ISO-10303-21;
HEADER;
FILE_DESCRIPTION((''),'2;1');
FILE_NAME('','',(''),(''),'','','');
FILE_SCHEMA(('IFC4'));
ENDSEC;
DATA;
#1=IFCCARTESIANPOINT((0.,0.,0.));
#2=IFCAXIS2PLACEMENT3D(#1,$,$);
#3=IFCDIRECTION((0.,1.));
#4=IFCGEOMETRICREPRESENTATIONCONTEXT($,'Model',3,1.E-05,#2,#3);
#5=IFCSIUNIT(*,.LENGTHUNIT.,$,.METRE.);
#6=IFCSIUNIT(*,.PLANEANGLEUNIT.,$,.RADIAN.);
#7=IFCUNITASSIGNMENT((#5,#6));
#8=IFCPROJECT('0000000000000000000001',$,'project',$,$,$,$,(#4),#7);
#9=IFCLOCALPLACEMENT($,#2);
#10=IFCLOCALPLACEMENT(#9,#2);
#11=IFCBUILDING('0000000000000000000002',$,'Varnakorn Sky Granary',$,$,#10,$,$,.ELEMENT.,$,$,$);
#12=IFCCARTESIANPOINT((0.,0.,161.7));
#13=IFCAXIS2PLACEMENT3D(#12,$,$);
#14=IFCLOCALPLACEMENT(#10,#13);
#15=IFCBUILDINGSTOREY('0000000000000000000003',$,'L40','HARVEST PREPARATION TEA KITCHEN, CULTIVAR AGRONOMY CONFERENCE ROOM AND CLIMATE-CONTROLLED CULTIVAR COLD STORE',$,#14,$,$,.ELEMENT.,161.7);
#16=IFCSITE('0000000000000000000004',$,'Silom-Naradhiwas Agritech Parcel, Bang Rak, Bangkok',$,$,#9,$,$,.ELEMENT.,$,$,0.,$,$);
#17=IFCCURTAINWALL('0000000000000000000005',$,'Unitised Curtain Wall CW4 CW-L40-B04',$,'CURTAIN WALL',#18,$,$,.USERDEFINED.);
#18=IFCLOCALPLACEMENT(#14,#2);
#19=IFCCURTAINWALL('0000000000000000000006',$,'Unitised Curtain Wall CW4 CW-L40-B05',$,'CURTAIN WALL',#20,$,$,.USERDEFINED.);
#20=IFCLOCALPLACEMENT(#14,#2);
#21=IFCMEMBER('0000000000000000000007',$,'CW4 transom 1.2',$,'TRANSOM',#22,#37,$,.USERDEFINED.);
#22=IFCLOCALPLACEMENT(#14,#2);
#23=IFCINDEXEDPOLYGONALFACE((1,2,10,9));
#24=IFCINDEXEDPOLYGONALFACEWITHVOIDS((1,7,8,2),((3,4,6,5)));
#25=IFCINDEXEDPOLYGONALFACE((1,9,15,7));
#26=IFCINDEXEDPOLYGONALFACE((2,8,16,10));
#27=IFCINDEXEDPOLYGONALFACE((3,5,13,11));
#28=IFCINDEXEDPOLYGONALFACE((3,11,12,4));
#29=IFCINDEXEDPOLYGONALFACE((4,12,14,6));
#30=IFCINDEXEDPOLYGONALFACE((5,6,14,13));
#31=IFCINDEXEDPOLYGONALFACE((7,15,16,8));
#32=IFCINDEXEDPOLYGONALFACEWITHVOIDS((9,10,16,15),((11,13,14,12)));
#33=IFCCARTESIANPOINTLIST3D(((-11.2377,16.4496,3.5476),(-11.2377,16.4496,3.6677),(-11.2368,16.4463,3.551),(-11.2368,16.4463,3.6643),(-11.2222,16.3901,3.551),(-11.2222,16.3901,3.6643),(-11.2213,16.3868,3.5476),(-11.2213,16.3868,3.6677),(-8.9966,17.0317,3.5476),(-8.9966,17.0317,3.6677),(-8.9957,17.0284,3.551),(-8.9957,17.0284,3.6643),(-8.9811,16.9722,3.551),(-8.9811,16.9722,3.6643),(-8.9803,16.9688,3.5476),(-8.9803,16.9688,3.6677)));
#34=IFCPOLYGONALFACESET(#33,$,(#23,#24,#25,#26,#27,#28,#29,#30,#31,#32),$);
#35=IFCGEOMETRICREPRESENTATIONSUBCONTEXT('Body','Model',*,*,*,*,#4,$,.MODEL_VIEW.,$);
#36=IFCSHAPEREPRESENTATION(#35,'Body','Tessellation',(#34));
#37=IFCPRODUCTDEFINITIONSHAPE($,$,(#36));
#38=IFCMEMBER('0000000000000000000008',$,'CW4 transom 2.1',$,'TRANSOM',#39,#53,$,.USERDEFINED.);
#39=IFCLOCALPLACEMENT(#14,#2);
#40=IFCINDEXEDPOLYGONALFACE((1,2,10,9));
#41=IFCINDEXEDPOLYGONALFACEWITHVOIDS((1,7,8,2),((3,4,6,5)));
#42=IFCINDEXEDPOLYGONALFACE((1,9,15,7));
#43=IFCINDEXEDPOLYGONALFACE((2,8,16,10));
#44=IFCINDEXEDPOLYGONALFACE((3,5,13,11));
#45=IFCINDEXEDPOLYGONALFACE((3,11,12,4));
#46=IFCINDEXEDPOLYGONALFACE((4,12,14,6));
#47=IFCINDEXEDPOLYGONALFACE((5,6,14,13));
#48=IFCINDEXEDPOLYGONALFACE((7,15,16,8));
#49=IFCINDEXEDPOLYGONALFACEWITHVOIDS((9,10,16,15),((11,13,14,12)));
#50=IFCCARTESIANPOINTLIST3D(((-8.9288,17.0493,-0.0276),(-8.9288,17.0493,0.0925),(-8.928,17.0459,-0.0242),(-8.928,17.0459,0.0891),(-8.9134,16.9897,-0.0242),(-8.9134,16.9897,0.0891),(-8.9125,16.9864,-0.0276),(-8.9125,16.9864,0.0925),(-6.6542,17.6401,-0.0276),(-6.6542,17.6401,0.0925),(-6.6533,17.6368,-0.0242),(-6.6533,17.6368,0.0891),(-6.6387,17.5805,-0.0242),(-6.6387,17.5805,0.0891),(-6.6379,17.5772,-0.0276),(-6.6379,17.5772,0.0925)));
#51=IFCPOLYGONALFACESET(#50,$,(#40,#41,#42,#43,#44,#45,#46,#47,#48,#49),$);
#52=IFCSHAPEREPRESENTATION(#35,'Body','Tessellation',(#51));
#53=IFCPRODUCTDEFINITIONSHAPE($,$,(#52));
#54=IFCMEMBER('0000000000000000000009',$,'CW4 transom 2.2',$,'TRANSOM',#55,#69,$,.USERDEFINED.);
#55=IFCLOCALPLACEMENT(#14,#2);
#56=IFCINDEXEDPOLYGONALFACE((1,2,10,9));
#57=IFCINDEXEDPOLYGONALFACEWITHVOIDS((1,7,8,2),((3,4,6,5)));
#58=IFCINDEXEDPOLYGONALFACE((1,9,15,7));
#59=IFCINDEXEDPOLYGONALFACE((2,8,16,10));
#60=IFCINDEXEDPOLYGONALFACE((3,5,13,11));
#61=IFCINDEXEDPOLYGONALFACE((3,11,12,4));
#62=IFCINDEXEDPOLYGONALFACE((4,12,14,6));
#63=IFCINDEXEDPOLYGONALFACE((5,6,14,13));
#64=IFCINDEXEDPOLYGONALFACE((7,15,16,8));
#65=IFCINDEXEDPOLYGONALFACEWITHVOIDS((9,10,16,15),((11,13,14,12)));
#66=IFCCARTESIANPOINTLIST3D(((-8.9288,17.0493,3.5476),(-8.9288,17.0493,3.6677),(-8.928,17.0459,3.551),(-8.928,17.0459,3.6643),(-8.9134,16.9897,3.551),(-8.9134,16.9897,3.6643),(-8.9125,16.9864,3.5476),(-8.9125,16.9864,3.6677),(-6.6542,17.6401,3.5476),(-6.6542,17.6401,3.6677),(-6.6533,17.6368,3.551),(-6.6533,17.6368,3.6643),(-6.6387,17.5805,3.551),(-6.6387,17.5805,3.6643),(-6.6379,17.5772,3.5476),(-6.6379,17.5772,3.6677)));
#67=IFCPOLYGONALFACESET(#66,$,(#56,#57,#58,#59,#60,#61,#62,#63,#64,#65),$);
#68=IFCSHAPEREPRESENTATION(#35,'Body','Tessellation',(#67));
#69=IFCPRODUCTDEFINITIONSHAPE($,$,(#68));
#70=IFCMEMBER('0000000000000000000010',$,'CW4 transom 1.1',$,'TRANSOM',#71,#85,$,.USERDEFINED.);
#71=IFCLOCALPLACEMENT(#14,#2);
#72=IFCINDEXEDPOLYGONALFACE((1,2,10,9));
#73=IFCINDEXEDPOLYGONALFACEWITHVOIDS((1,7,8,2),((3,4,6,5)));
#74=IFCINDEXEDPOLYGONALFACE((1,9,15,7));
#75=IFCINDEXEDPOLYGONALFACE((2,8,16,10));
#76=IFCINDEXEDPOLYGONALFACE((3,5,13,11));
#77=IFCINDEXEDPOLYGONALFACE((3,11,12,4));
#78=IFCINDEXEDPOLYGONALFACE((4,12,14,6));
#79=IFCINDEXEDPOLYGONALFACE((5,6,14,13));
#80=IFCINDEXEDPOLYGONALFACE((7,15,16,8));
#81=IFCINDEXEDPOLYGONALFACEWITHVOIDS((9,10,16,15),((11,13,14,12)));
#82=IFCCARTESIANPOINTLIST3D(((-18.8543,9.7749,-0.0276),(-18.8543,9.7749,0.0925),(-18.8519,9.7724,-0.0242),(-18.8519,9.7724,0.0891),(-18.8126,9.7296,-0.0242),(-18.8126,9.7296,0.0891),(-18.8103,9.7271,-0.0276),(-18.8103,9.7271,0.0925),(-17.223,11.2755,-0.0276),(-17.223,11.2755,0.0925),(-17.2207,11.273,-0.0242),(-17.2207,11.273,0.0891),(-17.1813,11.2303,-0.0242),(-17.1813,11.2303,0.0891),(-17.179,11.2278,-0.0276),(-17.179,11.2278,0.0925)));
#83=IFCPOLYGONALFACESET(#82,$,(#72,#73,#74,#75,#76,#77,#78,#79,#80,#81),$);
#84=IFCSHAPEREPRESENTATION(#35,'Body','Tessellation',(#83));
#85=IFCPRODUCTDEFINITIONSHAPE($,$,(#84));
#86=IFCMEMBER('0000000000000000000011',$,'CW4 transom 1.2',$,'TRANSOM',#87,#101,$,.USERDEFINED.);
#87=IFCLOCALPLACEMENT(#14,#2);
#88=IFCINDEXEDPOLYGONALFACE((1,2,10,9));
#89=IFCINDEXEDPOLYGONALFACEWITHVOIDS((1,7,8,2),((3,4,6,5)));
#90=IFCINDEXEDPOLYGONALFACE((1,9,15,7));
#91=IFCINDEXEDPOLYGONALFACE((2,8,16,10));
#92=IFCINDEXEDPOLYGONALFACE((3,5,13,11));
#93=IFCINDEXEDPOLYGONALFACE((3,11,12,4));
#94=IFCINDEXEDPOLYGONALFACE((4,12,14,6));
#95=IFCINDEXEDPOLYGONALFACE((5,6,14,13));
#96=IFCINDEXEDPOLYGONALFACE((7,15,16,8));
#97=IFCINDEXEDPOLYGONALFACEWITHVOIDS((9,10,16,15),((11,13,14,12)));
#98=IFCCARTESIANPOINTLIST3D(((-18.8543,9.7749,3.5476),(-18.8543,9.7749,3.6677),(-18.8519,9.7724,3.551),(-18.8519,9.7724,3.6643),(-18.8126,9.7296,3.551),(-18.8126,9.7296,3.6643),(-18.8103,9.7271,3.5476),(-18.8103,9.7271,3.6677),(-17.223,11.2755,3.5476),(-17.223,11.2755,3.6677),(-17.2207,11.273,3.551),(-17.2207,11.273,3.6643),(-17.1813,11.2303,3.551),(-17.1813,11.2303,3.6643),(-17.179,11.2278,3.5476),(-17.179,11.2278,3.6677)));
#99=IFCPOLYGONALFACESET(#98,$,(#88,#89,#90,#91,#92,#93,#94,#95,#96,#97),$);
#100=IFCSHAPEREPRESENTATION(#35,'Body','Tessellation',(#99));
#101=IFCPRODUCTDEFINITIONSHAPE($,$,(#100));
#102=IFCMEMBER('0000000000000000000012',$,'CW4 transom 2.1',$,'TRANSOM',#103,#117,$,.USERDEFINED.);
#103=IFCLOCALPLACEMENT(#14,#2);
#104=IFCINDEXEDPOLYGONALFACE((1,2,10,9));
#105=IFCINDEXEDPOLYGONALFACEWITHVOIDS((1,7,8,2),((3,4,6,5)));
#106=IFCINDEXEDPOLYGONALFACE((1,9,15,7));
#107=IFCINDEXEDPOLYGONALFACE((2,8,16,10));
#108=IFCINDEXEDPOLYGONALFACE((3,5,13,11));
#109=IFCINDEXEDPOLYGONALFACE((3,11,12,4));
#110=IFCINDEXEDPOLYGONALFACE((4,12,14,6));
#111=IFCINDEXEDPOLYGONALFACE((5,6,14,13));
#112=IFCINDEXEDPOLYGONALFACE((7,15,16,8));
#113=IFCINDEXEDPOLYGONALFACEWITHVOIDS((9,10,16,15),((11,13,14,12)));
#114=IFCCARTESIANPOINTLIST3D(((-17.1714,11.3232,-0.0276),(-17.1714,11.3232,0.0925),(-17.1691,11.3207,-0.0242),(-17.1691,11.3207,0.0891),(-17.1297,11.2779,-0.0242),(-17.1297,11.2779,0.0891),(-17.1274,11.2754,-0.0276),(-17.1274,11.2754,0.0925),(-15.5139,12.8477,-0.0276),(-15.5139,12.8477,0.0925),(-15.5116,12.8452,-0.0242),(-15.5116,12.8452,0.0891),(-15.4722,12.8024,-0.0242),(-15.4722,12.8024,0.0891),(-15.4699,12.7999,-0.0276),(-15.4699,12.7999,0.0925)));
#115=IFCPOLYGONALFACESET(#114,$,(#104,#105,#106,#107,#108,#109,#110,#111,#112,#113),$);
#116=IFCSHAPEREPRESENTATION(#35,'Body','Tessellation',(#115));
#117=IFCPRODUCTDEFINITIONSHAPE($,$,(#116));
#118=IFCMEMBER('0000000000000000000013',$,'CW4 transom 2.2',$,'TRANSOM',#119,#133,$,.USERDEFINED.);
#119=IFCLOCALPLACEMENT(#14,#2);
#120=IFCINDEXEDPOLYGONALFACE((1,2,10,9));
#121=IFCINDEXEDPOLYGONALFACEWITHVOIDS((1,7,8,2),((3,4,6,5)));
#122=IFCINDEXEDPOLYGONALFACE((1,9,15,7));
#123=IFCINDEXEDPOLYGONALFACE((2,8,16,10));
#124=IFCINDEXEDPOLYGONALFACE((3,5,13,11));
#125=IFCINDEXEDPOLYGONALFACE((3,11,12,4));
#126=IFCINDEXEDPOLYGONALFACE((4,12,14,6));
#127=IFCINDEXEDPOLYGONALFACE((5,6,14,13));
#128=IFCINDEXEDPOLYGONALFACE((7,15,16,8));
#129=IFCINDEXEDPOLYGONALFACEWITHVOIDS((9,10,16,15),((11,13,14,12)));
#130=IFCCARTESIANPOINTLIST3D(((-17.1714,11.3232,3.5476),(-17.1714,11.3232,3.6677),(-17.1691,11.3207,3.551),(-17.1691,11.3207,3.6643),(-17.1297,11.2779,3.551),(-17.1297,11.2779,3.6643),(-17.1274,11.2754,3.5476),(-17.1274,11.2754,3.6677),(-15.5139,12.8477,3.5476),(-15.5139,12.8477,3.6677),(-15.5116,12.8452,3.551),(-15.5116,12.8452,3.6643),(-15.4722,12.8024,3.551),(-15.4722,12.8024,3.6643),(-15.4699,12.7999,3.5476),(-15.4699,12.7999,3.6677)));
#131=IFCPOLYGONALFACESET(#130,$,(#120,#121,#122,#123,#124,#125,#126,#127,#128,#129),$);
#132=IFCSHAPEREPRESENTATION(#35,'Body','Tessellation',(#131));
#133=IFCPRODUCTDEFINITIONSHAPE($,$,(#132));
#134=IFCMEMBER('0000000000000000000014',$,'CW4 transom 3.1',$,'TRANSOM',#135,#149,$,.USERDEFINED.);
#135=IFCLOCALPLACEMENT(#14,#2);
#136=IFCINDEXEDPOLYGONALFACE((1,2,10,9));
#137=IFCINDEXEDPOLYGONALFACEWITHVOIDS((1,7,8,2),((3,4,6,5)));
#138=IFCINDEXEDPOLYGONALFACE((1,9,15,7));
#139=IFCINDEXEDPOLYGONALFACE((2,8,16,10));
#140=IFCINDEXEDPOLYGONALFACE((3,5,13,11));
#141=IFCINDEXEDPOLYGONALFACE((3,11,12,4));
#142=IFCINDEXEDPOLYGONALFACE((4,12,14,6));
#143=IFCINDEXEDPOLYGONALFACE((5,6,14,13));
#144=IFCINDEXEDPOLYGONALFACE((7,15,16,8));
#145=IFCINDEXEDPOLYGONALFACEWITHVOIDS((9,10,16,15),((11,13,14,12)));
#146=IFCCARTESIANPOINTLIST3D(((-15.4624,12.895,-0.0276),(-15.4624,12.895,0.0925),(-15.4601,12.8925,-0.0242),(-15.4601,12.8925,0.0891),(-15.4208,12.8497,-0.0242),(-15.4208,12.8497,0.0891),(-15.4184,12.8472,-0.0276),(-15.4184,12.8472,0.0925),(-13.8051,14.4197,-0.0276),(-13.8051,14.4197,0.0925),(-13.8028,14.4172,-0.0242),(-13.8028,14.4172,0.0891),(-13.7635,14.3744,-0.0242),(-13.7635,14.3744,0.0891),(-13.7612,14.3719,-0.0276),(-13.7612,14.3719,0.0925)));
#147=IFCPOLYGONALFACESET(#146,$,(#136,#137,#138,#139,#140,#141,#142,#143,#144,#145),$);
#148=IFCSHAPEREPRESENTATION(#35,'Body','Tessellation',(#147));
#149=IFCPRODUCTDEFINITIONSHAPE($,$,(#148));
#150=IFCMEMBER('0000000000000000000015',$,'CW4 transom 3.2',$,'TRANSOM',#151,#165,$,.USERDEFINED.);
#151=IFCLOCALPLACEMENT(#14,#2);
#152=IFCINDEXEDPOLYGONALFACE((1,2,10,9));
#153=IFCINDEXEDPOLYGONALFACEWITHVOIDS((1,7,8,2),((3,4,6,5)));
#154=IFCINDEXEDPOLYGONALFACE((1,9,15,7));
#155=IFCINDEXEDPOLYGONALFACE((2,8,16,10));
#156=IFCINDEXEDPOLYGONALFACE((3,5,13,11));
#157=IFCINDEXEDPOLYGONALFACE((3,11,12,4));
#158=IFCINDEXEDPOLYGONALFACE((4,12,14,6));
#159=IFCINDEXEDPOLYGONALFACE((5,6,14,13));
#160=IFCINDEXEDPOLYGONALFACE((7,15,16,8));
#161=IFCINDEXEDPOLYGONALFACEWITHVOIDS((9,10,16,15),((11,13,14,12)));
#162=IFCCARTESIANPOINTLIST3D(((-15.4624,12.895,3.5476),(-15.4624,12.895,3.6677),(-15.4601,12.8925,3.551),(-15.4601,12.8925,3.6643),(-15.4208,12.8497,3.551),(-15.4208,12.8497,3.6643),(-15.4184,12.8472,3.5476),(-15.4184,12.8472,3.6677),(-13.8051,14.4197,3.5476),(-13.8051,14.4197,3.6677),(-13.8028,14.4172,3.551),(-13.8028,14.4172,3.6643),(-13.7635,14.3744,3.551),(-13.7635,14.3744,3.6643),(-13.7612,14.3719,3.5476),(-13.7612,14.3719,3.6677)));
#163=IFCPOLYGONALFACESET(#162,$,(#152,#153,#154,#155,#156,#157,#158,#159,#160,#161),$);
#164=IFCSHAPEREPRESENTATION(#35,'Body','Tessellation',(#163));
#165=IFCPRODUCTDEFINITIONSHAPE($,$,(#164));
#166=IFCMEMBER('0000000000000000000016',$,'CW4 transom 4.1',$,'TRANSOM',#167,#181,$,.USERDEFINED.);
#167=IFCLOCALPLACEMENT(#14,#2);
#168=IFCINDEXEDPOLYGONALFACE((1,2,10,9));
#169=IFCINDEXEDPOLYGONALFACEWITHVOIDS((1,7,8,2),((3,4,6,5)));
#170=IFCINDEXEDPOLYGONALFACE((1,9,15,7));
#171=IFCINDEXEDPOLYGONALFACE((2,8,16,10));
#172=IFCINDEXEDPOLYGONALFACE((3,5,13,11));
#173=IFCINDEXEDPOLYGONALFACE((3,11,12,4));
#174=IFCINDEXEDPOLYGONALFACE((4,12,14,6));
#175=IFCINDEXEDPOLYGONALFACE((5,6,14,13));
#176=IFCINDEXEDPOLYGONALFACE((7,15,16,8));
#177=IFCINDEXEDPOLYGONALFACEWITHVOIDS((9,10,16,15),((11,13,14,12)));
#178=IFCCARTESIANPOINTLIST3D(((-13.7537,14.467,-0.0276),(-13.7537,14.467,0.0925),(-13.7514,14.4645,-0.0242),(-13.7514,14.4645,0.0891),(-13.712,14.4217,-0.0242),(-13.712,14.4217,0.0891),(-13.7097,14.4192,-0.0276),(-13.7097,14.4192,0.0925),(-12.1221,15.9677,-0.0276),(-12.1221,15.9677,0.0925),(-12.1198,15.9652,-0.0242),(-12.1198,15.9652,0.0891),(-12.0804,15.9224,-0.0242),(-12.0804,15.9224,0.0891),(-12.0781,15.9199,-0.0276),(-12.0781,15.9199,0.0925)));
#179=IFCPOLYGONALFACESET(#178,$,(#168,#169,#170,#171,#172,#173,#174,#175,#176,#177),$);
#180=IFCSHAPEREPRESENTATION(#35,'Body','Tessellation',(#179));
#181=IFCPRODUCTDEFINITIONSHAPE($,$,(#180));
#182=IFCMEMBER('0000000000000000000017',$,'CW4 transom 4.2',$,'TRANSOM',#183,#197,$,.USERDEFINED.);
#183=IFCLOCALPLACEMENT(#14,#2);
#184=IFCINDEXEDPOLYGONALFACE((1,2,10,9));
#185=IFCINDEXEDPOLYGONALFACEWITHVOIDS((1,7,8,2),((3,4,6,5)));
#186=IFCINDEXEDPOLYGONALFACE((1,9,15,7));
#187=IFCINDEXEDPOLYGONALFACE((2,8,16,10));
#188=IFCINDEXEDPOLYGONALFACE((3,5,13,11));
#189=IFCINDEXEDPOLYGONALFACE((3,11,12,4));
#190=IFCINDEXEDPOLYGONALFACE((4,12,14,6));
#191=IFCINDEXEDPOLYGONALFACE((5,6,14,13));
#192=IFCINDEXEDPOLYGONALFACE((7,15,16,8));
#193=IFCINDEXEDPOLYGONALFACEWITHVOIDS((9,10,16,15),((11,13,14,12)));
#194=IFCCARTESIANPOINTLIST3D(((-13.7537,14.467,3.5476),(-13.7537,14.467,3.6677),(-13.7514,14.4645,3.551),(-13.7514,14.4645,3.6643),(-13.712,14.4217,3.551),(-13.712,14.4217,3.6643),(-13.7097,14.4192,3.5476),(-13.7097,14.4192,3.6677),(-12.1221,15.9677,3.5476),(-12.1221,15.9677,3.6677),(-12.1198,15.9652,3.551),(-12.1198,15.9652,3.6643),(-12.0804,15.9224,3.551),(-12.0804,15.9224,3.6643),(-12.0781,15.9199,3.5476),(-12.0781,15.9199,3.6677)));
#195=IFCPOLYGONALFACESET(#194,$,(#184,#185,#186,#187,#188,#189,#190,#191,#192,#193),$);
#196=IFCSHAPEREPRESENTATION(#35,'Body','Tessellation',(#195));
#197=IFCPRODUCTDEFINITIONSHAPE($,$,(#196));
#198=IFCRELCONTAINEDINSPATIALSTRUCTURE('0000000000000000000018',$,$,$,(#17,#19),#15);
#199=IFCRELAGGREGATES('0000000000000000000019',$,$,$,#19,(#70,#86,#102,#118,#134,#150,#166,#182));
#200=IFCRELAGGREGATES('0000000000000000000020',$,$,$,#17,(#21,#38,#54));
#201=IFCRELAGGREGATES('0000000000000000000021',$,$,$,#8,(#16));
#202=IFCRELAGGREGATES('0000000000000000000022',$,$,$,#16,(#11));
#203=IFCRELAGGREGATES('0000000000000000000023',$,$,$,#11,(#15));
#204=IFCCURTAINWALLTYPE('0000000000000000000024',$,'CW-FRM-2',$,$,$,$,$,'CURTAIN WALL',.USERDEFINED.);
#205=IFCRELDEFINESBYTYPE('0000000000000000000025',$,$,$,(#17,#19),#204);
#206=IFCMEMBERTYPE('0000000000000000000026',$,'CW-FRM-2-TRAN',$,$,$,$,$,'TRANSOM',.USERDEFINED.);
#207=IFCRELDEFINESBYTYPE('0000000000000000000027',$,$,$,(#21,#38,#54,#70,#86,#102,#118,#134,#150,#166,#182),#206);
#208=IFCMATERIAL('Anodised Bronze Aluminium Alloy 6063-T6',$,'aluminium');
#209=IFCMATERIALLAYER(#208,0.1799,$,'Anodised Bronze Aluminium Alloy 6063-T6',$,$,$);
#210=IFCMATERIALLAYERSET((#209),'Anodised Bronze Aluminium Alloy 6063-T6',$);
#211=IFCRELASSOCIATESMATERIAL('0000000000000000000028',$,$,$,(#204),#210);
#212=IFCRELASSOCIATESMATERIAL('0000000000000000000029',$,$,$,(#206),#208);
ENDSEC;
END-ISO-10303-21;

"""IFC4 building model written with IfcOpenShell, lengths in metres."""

from ifc_helpers import new_model, si_unit, direction, frame, origin, origin_2d, place, context, subcontext, project, spatial, hollow_rectangle, extrude, material, layer, layer_set, material_profile, profile_set, type_object, element, aggregate, save


model = new_model("IFC4")

# Units and contexts
model_context = context("Model", 3, precision=1e-05, world=origin(), true_north=direction((0.0, 1.0)))
body_context = subcontext(model_context, "Body", "Model", "MODEL_VIEW")
ifc_project = project(units=[si_unit("LENGTHUNIT", "METRE"), si_unit("PLANEANGLEUNIT", "RADIAN")], contexts=[model_context])

# Site, building, storey
site_placement = place(None, origin())
site = spatial("IfcSite", under=ifc_project, at=site_placement, Name="Silom-Naradhiwas Agritech Parcel, Bang Rak, Bangkok", CompositionType="ELEMENT", RefElevation=0.0)
building_placement = place(site_placement, origin())
building = spatial("IfcBuilding", under=site, at=building_placement, Name="Varnakorn Sky Granary", CompositionType="ELEMENT")
storey_placement = place(building_placement, frame((0.0, 0.0, 161.7)))
storey = spatial("IfcBuildingStorey", under=building, at=storey_placement, Name="L40", Description="HARVEST PREPARATION TEA KITCHEN, CULTIVAR AGRONOMY CONFERENCE ROOM AND CLIMATE-CONTROLLED CULTIVAR COLD STORE", CompositionType="ELEMENT", Elevation=161.7)

# Curtain walls
ifc_material_1 = material(Name="Anodised Bronze Aluminium Alloy 6063-T6", Category="aluminium")
ifc_layer_1 = layer(ifc_material_1, 0.1799, Name="Anodised Bronze Aluminium Alloy 6063-T6")
ifc_layer_set_1 = layer_set([ifc_layer_1], Name="Anodised Bronze Aluminium Alloy 6063-T6")
curtain_wall_type = type_object("IfcCurtainWallType", Name="CW-FRM-2", ElementType="CURTAIN WALL", PredefinedType="USERDEFINED", material=ifc_layer_set_1)
curtain_wall_1_placement = place(storey_placement, origin())
curtain_wall_1 = element("IfcCurtainWall", 1, at=curtain_wall_1_placement, inside=storey, type_object=curtain_wall_type, Name="Unitised Curtain Wall CW4 CW-L40-B04", ObjectType="CURTAIN WALL", PredefinedType="USERDEFINED")
curtain_wall_2_placement = place(storey_placement, origin())
curtain_wall_2 = element("IfcCurtainWall", 2, at=curtain_wall_2_placement, inside=storey, type_object=curtain_wall_type, Name="Unitised Curtain Wall CW4 CW-L40-B05", ObjectType="CURTAIN WALL", PredefinedType="USERDEFINED")

# Members
ifc_material_profile_1 = material_profile(ifc_material_1, hollow_rectangle(XDim=0.0649, YDim=0.1201, WallThickness=0.0034, at=origin_2d()), Name="ALU TRAN 65x120")
ifc_profile_set_1 = profile_set([ifc_material_profile_1], Name="Anodised Bronze Aluminium Alloy 6063-T6")
member_type_1 = type_object("IfcMemberType", Name="CW-FRM-2-TRAN", ElementType="TRANSOM", PredefinedType="USERDEFINED", material=ifc_profile_set_1)
member_1_placement = place(storey_placement, frame((-11.2295, 16.4182, 3.6077), z_axis=(0.967888, 0.251383, 0.0), x_axis=(-0.251383, 0.967888, 0.0)))
member_1 = element("IfcMember", 3, at=member_1_placement, type_object=member_type_1, Name="CW4 transom 1.2", ObjectType="TRANSOM", PredefinedType="USERDEFINED", context=body_context, shape_type="SweptSolid", body=[
    extrude(hollow_rectangle(XDim=0.0649, YDim=0.1201, WallThickness=0.0034, at=origin_2d()), origin(), (0.0, 0.0, 1.0), 2.3154),
])
member_2_placement = place(storey_placement, frame((-8.9207, 17.0178, 0.0325), z_axis=(0.967884, 0.251398, 0.0), x_axis=(-0.251398, 0.967884, 0.0)))
member_2 = element("IfcMember", 4, at=member_2_placement, type_object=member_type_1, Name="CW4 transom 2.1", ObjectType="TRANSOM", PredefinedType="USERDEFINED", context=body_context, shape_type="SweptSolid", body=[
    extrude(hollow_rectangle(XDim=0.0649, YDim=0.1201, WallThickness=0.0034, at=origin_2d()), origin(), (0.0, 0.0, 1.0), 2.3501),
])
member_3_placement = place(storey_placement, frame((-8.9207, 17.0178, 3.6077), z_axis=(0.967884, 0.251398, 0.0), x_axis=(-0.251398, 0.967884, 0.0)))
member_3 = element("IfcMember", 5, at=member_3_placement, type_object=member_type_1, Name="CW4 transom 2.2", ObjectType="TRANSOM", PredefinedType="USERDEFINED", context=body_context, shape_type="SweptSolid", body=[
    extrude(hollow_rectangle(XDim=0.0649, YDim=0.1201, WallThickness=0.0034, at=origin_2d()), origin(), (0.0, 0.0, 1.0), 2.3501),
])
member_4_placement = place(storey_placement, frame((-18.8323, 9.751, 0.0325), z_axis=(0.735955, 0.67703, 0.0), x_axis=(-0.67703, 0.735955, 0.0)))
member_4 = element("IfcMember", 6, at=member_4_placement, type_object=member_type_1, Name="CW4 transom 1.1", ObjectType="TRANSOM", PredefinedType="USERDEFINED", context=body_context, shape_type="SweptSolid", body=[
    extrude(hollow_rectangle(XDim=0.0649, YDim=0.1201, WallThickness=0.0034, at=origin_2d()), origin(), (0.0, 0.0, 1.0), 2.2166),
])
member_5_placement = place(storey_placement, frame((-18.8323, 9.751, 3.6077), z_axis=(0.735955, 0.67703, 0.0), x_axis=(-0.67703, 0.735955, 0.0)))
member_5 = element("IfcMember", 7, at=member_5_placement, type_object=member_type_1, Name="CW4 transom 1.2", ObjectType="TRANSOM", PredefinedType="USERDEFINED", context=body_context, shape_type="SweptSolid", body=[
    extrude(hollow_rectangle(XDim=0.0649, YDim=0.1201, WallThickness=0.0034, at=origin_2d()), origin(), (0.0, 0.0, 1.0), 2.2166),
])
member_6_placement = place(storey_placement, frame((-17.1494, 11.2993, 0.0325), z_axis=(0.736033, 0.676946, 0.0), x_axis=(-0.676946, 0.736033, 0.0)))
member_6 = element("IfcMember", 8, at=member_6_placement, type_object=member_type_1, Name="CW4 transom 2.1", ObjectType="TRANSOM", PredefinedType="USERDEFINED", context=body_context, shape_type="SweptSolid", body=[
    extrude(hollow_rectangle(XDim=0.0649, YDim=0.1201, WallThickness=0.0034, at=origin_2d()), origin(), (0.0, 0.0, 1.0), 2.252),
])
member_7_placement = place(storey_placement, frame((-17.1494, 11.2993, 3.6077), z_axis=(0.736033, 0.676946, 0.0), x_axis=(-0.676946, 0.736033, 0.0)))
member_7 = element("IfcMember", 9, at=member_7_placement, type_object=member_type_1, Name="CW4 transom 2.2", ObjectType="TRANSOM", PredefinedType="USERDEFINED", context=body_context, shape_type="SweptSolid", body=[
    extrude(hollow_rectangle(XDim=0.0649, YDim=0.1201, WallThickness=0.0034, at=origin_2d()), origin(), (0.0, 0.0, 1.0), 2.252),
])
member_8_placement = place(storey_placement, frame((-15.4404, 12.8711, 0.0325), z_axis=(0.735929, 0.677059, 0.0), x_axis=(-0.677059, 0.735929, 0.0)))
member_8 = element("IfcMember", 10, at=member_8_placement, type_object=member_type_1, Name="CW4 transom 3.1", ObjectType="TRANSOM", PredefinedType="USERDEFINED", context=body_context, shape_type="SweptSolid", body=[
    extrude(hollow_rectangle(XDim=0.0649, YDim=0.1201, WallThickness=0.0034, at=origin_2d()), origin(), (0.0, 0.0, 1.0), 2.252),
])
member_9_placement = place(storey_placement, frame((-15.4404, 12.8711, 3.6077), z_axis=(0.735929, 0.677059, 0.0), x_axis=(-0.677059, 0.735929, 0.0)))
member_9 = element("IfcMember", 11, at=member_9_placement, type_object=member_type_1, Name="CW4 transom 3.2", ObjectType="TRANSOM", PredefinedType="USERDEFINED", context=body_context, shape_type="SweptSolid", body=[
    extrude(hollow_rectangle(XDim=0.0649, YDim=0.1201, WallThickness=0.0034, at=origin_2d()), origin(), (0.0, 0.0, 1.0), 2.252),
])
member_10_placement = place(storey_placement, frame((-13.7317, 14.4431, 0.0325), z_axis=(0.736006, 0.676975, 0.0), x_axis=(-0.676975, 0.736006, 0.0)))
member_10 = element("IfcMember", 12, at=member_10_placement, type_object=member_type_1, Name="CW4 transom 4.1", ObjectType="TRANSOM", PredefinedType="USERDEFINED", context=body_context, shape_type="SweptSolid", body=[
    extrude(hollow_rectangle(XDim=0.0649, YDim=0.1201, WallThickness=0.0034, at=origin_2d()), origin(), (0.0, 0.0, 1.0), 2.2168),
])
member_11_placement = place(storey_placement, frame((-13.7317, 14.4431, 3.6077), z_axis=(0.736006, 0.676975, 0.0), x_axis=(-0.676975, 0.736006, 0.0)))
member_11 = element("IfcMember", 13, at=member_11_placement, type_object=member_type_1, Name="CW4 transom 4.2", ObjectType="TRANSOM", PredefinedType="USERDEFINED", context=body_context, shape_type="SweptSolid", body=[
    extrude(hollow_rectangle(XDim=0.0649, YDim=0.1201, WallThickness=0.0034, at=origin_2d()), origin(), (0.0, 0.0, 1.0), 2.2168),
])

aggregate(curtain_wall_2, [member_4, member_5, member_6, member_7, member_8, member_9, member_10, member_11])
aggregate(curtain_wall_1, [member_1, member_2, member_3])

save(model, "model.ifc")
